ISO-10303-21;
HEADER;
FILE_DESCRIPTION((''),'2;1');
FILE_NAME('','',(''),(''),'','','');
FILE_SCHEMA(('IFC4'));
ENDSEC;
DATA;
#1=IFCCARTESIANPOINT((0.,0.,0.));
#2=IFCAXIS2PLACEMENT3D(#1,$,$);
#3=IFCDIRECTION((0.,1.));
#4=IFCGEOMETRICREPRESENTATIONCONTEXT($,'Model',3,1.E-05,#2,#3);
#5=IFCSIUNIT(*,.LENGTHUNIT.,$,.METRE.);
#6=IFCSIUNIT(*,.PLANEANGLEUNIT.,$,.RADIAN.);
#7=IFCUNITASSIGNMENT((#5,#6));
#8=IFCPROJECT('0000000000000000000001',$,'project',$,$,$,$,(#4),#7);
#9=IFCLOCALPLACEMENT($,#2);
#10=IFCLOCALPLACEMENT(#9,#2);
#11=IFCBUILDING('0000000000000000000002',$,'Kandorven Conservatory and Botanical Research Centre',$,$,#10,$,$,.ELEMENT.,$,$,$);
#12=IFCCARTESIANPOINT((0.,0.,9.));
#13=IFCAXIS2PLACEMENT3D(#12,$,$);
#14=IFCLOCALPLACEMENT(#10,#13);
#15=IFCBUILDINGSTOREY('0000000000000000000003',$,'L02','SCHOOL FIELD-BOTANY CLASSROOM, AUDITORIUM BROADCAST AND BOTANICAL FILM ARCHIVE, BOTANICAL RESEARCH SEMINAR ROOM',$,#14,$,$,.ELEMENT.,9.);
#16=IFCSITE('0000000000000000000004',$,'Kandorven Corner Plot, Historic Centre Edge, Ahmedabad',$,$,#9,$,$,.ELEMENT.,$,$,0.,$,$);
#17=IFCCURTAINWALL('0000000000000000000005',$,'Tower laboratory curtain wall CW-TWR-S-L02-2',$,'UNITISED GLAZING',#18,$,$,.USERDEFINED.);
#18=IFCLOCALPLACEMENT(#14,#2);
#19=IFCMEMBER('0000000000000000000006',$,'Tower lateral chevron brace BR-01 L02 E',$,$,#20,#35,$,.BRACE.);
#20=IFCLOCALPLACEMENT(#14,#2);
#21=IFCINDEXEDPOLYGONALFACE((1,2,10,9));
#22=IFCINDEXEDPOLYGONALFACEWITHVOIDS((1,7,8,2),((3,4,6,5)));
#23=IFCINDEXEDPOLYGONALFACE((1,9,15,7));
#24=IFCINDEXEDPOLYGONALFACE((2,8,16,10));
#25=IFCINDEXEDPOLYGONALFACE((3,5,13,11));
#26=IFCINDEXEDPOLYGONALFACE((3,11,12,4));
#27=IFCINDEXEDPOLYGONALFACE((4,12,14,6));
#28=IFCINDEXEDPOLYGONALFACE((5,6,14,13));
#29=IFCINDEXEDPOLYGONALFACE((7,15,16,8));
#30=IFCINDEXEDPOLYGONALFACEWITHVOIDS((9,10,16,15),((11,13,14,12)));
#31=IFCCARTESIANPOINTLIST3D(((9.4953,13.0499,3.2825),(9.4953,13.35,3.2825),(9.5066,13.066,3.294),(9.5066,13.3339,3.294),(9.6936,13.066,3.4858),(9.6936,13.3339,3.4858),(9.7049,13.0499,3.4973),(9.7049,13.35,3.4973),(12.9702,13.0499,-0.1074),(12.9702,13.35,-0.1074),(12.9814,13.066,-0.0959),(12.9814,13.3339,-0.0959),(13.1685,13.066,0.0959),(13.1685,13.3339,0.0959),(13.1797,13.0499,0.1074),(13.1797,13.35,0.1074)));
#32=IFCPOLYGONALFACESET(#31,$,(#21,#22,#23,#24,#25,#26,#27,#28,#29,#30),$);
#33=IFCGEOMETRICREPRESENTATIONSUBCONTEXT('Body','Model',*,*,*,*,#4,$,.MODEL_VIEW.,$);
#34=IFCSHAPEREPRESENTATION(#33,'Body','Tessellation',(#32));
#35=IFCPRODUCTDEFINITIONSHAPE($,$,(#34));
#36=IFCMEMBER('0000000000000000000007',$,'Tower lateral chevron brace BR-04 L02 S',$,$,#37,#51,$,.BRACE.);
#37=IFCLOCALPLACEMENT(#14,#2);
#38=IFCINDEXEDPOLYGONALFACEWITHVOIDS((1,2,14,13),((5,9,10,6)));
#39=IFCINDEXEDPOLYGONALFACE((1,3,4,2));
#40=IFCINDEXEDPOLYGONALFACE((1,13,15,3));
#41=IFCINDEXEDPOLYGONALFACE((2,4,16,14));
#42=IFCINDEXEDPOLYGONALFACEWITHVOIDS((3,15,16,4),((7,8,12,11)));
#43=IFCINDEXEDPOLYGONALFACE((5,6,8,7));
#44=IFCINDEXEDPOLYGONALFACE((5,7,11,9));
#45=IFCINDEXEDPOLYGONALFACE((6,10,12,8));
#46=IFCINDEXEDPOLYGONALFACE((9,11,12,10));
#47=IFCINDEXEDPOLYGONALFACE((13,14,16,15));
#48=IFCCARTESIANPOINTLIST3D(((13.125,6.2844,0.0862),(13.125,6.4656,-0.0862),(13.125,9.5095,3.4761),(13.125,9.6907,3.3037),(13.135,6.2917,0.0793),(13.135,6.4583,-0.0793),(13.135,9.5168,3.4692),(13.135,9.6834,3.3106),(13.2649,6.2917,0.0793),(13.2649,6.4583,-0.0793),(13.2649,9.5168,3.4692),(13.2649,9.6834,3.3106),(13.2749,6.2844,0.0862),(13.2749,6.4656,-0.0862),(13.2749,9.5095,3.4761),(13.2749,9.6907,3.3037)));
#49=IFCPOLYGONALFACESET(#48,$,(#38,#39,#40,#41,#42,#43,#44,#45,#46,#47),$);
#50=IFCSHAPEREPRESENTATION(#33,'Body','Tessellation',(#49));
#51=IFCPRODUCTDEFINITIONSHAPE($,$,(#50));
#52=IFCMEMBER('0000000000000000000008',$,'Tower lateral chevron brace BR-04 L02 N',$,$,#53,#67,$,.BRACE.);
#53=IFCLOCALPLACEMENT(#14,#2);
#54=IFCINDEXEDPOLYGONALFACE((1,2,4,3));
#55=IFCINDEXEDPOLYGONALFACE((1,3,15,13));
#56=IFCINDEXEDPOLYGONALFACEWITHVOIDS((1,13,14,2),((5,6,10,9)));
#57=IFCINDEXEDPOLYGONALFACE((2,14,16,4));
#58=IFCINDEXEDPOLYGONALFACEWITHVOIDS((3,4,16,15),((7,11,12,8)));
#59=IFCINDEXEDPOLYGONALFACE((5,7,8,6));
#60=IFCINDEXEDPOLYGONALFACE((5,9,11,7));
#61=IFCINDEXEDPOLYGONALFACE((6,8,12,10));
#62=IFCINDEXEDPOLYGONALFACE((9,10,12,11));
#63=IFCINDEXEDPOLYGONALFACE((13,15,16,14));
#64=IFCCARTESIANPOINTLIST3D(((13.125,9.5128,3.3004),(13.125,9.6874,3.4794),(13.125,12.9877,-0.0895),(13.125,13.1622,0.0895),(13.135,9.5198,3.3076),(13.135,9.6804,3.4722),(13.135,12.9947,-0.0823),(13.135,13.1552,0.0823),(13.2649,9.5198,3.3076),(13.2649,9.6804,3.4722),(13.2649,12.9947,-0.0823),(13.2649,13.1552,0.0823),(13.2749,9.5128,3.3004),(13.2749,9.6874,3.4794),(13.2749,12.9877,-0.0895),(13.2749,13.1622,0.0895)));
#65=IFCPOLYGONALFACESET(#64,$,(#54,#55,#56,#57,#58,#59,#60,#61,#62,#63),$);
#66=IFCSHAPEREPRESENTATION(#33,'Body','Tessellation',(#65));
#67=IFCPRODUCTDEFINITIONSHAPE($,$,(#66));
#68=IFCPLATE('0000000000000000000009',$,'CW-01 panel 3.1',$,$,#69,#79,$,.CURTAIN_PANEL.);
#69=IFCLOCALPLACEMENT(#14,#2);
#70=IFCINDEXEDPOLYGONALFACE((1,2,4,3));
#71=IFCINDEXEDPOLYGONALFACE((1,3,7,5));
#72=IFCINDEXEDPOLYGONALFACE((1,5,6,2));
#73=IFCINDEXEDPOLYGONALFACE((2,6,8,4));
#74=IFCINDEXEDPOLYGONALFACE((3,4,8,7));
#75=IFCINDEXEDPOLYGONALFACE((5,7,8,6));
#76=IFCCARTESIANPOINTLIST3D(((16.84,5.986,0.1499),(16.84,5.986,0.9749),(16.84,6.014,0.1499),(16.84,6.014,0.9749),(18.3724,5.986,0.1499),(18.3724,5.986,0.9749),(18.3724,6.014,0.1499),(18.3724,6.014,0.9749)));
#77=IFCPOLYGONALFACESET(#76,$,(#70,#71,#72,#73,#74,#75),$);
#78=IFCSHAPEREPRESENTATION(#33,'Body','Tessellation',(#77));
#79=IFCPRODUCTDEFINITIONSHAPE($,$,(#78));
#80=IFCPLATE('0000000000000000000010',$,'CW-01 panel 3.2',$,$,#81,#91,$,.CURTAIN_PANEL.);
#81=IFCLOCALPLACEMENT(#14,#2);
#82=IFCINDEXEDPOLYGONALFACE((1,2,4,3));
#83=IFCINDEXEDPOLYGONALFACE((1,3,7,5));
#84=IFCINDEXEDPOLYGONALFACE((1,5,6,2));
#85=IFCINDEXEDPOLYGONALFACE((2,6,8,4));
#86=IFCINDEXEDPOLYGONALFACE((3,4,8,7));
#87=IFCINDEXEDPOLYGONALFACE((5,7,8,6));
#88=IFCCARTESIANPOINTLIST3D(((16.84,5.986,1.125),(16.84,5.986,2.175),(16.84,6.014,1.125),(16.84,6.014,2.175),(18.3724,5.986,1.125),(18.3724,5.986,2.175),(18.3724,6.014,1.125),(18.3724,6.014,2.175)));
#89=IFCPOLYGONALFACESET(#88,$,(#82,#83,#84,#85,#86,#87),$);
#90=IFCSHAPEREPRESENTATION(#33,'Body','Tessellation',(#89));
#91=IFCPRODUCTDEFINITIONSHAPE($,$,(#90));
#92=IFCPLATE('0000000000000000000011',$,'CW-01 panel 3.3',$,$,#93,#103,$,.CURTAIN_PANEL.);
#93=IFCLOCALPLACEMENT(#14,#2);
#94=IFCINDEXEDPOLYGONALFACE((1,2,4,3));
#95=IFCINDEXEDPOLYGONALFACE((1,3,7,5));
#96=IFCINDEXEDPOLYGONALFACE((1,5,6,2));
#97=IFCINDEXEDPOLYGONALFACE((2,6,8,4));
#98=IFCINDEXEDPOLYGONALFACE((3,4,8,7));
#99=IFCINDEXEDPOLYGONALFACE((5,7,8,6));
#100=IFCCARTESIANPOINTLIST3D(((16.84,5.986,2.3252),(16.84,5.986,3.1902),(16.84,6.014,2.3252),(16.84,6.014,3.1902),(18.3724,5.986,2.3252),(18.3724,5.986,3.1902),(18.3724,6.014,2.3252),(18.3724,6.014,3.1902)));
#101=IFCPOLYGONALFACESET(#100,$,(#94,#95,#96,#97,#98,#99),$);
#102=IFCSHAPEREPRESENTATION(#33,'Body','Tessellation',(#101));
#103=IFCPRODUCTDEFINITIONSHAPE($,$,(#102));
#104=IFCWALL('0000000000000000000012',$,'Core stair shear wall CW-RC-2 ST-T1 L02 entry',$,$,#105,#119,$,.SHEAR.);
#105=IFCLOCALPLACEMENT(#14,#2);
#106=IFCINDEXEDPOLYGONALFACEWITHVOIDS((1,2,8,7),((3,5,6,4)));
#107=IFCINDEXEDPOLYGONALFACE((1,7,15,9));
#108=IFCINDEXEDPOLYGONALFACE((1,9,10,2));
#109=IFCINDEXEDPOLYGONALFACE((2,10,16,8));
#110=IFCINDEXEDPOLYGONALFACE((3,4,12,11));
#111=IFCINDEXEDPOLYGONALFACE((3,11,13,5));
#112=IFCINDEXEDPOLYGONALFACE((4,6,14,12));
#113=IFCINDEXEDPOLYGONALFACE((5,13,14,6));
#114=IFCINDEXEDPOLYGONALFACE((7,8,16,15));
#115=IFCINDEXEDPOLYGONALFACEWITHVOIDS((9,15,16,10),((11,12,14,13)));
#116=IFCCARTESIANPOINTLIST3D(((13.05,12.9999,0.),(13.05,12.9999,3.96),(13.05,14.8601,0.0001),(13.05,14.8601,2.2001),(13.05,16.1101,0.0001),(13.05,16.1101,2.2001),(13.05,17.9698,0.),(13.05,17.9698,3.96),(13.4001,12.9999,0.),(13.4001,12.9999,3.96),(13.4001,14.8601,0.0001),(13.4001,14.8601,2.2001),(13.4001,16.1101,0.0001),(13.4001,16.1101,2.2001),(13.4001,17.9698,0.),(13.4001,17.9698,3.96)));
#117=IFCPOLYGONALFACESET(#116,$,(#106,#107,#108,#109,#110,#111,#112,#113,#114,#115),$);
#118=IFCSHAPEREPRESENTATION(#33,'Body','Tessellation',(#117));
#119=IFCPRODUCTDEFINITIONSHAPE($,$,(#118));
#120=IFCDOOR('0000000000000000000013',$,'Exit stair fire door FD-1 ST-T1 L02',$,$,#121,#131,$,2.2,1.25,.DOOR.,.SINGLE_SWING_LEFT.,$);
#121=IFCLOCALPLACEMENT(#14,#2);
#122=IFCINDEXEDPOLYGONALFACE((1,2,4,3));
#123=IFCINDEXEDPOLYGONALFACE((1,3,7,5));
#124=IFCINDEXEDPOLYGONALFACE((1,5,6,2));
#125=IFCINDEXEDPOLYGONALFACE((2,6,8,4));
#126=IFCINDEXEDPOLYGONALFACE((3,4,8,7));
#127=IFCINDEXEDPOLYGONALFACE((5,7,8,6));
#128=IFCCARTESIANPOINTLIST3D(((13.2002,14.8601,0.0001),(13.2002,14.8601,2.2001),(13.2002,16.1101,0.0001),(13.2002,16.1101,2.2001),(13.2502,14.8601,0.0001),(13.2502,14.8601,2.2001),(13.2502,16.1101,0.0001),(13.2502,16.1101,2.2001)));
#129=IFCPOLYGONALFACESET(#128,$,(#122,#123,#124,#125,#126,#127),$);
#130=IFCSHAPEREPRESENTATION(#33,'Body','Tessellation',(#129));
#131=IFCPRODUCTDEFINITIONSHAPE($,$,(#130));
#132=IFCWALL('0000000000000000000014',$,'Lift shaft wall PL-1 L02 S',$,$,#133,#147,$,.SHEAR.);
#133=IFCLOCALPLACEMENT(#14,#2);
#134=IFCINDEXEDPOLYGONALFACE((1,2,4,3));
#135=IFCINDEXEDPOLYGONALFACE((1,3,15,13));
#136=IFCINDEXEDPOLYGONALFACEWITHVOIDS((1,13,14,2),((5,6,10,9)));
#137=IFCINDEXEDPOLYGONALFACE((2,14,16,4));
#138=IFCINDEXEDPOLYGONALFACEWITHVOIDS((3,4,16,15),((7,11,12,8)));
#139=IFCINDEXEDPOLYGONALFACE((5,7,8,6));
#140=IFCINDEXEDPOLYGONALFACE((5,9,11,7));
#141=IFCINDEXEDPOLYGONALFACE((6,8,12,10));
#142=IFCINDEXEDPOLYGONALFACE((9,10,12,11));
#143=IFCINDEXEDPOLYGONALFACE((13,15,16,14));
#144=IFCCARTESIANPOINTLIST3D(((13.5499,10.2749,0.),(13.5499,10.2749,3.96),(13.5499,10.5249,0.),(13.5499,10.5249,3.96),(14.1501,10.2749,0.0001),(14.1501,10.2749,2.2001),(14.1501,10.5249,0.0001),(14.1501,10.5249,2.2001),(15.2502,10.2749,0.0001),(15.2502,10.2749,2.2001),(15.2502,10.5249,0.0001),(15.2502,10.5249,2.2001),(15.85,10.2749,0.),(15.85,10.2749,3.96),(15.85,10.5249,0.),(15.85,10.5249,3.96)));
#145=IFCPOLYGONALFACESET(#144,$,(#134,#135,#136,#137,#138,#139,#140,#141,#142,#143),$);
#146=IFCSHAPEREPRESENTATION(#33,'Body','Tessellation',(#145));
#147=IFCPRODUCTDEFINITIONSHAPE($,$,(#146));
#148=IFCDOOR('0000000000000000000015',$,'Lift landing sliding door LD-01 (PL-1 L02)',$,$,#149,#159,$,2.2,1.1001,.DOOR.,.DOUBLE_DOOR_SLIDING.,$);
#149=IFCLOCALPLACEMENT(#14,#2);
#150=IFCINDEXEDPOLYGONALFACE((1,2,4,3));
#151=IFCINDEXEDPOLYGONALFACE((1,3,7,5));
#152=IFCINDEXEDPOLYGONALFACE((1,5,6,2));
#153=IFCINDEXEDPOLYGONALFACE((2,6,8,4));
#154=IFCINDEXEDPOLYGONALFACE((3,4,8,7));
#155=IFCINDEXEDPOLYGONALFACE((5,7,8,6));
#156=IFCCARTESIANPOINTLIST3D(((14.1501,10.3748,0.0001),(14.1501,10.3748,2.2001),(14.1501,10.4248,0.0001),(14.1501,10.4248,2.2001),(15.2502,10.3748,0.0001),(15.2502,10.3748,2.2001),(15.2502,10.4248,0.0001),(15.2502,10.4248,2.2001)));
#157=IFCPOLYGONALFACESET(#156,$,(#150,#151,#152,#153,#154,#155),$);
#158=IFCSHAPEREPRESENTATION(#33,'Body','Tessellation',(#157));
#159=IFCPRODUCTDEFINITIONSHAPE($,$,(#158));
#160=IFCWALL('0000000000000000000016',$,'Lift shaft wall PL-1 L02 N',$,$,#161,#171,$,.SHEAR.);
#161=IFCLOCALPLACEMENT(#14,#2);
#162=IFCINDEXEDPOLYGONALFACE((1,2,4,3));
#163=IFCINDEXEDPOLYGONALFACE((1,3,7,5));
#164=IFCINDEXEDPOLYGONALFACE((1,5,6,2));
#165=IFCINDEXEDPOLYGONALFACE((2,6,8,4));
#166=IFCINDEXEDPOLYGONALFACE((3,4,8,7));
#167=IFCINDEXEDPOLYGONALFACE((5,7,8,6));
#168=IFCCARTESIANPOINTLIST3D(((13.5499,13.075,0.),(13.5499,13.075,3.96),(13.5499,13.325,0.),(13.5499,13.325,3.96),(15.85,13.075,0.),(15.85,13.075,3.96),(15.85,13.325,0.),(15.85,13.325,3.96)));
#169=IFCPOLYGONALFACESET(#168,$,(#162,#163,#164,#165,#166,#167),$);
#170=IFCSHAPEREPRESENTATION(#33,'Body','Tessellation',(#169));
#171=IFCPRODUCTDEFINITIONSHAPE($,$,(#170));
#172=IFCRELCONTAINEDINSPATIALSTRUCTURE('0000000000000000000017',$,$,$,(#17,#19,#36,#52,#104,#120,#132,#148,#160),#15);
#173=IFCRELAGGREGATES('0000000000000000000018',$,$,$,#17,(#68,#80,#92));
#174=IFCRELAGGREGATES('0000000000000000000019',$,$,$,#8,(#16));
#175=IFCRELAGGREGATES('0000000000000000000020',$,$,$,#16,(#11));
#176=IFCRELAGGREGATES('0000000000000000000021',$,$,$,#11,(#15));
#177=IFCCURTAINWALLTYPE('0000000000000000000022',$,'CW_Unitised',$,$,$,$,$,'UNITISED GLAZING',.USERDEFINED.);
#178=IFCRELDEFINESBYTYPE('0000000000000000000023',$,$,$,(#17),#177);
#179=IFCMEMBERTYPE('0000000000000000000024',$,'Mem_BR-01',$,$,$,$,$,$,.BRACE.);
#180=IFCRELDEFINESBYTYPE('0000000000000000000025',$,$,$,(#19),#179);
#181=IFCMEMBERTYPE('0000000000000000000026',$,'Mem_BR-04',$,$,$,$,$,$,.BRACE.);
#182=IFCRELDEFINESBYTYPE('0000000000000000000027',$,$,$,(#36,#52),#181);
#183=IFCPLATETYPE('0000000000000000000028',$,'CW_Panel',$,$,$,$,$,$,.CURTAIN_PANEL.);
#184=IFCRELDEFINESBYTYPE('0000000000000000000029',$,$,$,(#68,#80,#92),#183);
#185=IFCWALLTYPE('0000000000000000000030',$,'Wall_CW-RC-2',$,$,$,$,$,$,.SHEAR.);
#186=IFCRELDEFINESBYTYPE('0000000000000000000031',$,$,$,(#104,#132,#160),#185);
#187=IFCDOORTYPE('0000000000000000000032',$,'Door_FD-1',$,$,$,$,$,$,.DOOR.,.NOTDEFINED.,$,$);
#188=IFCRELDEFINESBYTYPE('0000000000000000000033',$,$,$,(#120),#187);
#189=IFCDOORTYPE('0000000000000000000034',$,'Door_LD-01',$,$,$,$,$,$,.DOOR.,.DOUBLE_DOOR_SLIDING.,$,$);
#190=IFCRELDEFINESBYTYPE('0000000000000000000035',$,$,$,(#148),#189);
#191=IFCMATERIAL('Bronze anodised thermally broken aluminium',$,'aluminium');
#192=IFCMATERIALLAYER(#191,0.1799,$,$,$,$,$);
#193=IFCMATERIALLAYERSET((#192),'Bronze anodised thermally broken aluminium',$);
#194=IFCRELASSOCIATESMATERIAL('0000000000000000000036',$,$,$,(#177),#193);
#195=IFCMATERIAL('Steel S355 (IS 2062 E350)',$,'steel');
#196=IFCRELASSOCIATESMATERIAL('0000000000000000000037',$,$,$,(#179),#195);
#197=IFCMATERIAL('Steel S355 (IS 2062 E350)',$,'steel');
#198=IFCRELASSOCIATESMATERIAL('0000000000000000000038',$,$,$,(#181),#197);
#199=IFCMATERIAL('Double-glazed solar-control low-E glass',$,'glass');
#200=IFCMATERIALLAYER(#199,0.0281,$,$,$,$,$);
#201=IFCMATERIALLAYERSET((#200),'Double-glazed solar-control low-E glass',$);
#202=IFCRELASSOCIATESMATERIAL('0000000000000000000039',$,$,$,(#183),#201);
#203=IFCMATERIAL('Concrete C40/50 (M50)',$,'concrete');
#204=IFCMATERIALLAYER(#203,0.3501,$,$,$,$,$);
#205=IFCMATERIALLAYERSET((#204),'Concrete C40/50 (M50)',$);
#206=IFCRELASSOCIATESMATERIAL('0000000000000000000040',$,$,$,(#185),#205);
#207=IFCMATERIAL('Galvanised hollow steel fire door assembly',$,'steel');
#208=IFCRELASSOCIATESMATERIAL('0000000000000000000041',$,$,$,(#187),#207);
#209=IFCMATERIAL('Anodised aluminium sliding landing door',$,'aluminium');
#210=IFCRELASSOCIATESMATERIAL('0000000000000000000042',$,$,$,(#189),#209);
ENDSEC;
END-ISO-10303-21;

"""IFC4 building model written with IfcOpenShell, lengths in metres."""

from ifc_helpers import new_model, si_unit, direction, frame, frame_2d, origin, origin_2d, place, context, subcontext, project, spatial, rectangle, hollow_rectangle, extrude, material, layer, layer_set, material_profile, profile_set, type_object, element, fill, aggregate, save


model = new_model("IFC4")

# Units and contexts
model_context = context("Model", 3, precision=1e-05, world=origin(), true_north=direction((0.0, 1.0)))
body_context = subcontext(model_context, "Body", "Model", "MODEL_VIEW")
ifc_project = project(units=[si_unit("LENGTHUNIT", "METRE"), si_unit("PLANEANGLEUNIT", "RADIAN")], contexts=[model_context])

# Site, building, storey
site_placement = place(None, origin())
site = spatial("IfcSite", under=ifc_project, at=site_placement, Name="Kandorven Corner Plot, Historic Centre Edge, Ahmedabad", CompositionType="ELEMENT", RefElevation=0.0)
building_placement = place(site_placement, origin())
building = spatial("IfcBuilding", under=site, at=building_placement, Name="Kandorven Conservatory and Botanical Research Centre", CompositionType="ELEMENT")
storey_placement = place(building_placement, frame((0.0, 0.0, 9.0)))
storey = spatial("IfcBuildingStorey", under=building, at=storey_placement, Name="L02", Description="SCHOOL FIELD-BOTANY CLASSROOM, AUDITORIUM BROADCAST AND BOTANICAL FILM ARCHIVE, BOTANICAL RESEARCH SEMINAR ROOM", CompositionType="ELEMENT", Elevation=9.0)

# Curtain wall
ifc_material_1 = material(Name="Bronze anodised thermally broken aluminium", Category="aluminium")
ifc_layer_1 = layer(ifc_material_1, 0.1799)
ifc_layer_set_1 = layer_set([ifc_layer_1], Name="Bronze anodised thermally broken aluminium")
curtain_wall_type = type_object("IfcCurtainWallType", Name="CW_Unitised", ElementType="UNITISED GLAZING", PredefinedType="USERDEFINED", material=ifc_layer_set_1)
curtain_wall_placement = place(storey_placement, origin())
curtain_wall = element("IfcCurtainWall", 1, at=curtain_wall_placement, inside=storey, type_object=curtain_wall_type, Name="Tower laboratory curtain wall CW-TWR-S-L02-2", ObjectType="UNITISED GLAZING", PredefinedType="USERDEFINED")

# Members
ifc_material_2 = material(Name="Steel S355 (IS 2062 E350)", Category="steel")
ifc_material_profile_1 = material_profile(ifc_material_2, hollow_rectangle(XDim=0.3, YDim=0.3, WallThickness=0.0161, at=origin_2d()))
ifc_profile_set_1 = profile_set([ifc_material_profile_1], Name="Steel S355 (IS 2062 E350)")
member_type_1 = type_object("IfcMemberType", Name="Mem_BR-01", PredefinedType="BRACE", material=ifc_profile_set_1)
member_1_placement = place(storey_placement, frame((13.075, 13.2, 0.0), z_axis=(-0.715803, 0.0, 0.698302), x_axis=(0.0, -1.0, 0.0)))
element("IfcMember", 2, at=member_1_placement, inside=storey, type_object=member_type_1, Name="Tower lateral chevron brace BR-01 L02 E", PredefinedType="BRACE", context=body_context, shape_type="SweptSolid", body=[
    extrude(hollow_rectangle(XDim=0.3, YDim=0.3, WallThickness=0.0161, at=origin_2d()), origin(), (0.0, 0.0, 1.0), 4.8545),
])
ifc_material_3 = material(Name="Steel S355 (IS 2062 E350)", Category="steel")
ifc_material_profile_2 = material_profile(ifc_material_3, hollow_rectangle(XDim=0.1499, YDim=0.25, WallThickness=0.01, at=origin_2d()))
ifc_profile_set_2 = profile_set([ifc_material_profile_2], Name="Steel S355 (IS 2062 E350)")
member_type_2 = type_object("IfcMemberType", Name="Mem_BR-04", PredefinedType="BRACE", material=ifc_profile_set_2)
member_2_placement = place(storey_placement, frame((13.2, 6.375, 0.0), z_axis=(0.0, 0.689277, 0.724498), x_axis=(-1.0, 0.0, 0.0)))
element("IfcMember", 3, at=member_2_placement, inside=storey, type_object=member_type_2, Name="Tower lateral chevron brace BR-04 L02 S", PredefinedType="BRACE", context=body_context, shape_type="SweptSolid", body=[
    extrude(hollow_rectangle(XDim=0.1499, YDim=0.25, WallThickness=0.01, at=origin_2d()), origin(), (0.0, 0.0, 1.0), 4.679),
])
member_3_placement = place(storey_placement, frame((13.2, 13.075, 0.0), z_axis=(0.0, -0.715803, 0.698302), x_axis=(1.0, 0.0, 0.0)))
element("IfcMember", 4, at=member_3_placement, inside=storey, type_object=member_type_2, Name="Tower lateral chevron brace BR-04 L02 N", PredefinedType="BRACE", context=body_context, shape_type="SweptSolid", body=[
    extrude(hollow_rectangle(XDim=0.1499, YDim=0.25, WallThickness=0.01, at=origin_2d()), origin(), (0.0, 0.0, 1.0), 4.8545),
])

# Plates
ifc_material_4 = material(Name="Double-glazed solar-control low-E glass", Category="glass")
ifc_layer_2 = layer(ifc_material_4, 0.0281)
ifc_layer_set_2 = layer_set([ifc_layer_2], Name="Double-glazed solar-control low-E glass")
plate_type = type_object("IfcPlateType", Name="CW_Panel", PredefinedType="CURTAIN_PANEL", material=ifc_layer_set_2)
plate_1_placement = place(storey_placement, frame((17.6062, 6.0, 0.1499), z_axis=(0.0, 0.0, 1.0), x_axis=(1.0, 0.0, 0.0)))
plate_1 = element("IfcPlate", 5, at=plate_1_placement, type_object=plate_type, Name="CW-01 panel 3.1", PredefinedType="CURTAIN_PANEL", context=body_context, shape_type="SweptSolid", body=[
    extrude(rectangle(XDim=1.5325, YDim=0.0281, at=origin_2d()), origin(), (0.0, 0.0, 1.0), 0.825),
])
plate_2_placement = place(storey_placement, frame((17.6062, 6.0, 1.125), z_axis=(0.0, 0.0, 1.0), x_axis=(1.0, 0.0, 0.0)))
plate_2 = element("IfcPlate", 6, at=plate_2_placement, type_object=plate_type, Name="CW-01 panel 3.2", PredefinedType="CURTAIN_PANEL", context=body_context, shape_type="SweptSolid", body=[
    extrude(rectangle(XDim=1.5325, YDim=0.0281, at=origin_2d()), origin(), (0.0, 0.0, 1.0), 1.05),
])
plate_3_placement = place(storey_placement, frame((17.6062, 6.0, 2.3252), z_axis=(0.0, 0.0, 1.0), x_axis=(1.0, 0.0, 0.0)))
plate_3 = element("IfcPlate", 7, at=plate_3_placement, type_object=plate_type, Name="CW-01 panel 3.3", PredefinedType="CURTAIN_PANEL", context=body_context, shape_type="SweptSolid", body=[
    extrude(rectangle(XDim=1.5325, YDim=0.0281, at=origin_2d()), origin(), (0.0, 0.0, 1.0), 0.865),
])
aggregate(curtain_wall, [plate_1, plate_2, plate_3])

# Walls, openings, doors
ifc_material_5 = material(Name="Concrete C40/50 (M50)", Category="concrete")
ifc_layer_3 = layer(ifc_material_5, 0.3501)
ifc_layer_set_3 = layer_set([ifc_layer_3], Name="Concrete C40/50 (M50)")
wall_type = type_object("IfcWallType", Name="Wall_CW-RC-2", PredefinedType="SHEAR", material=ifc_layer_set_3)
wall_1_placement = place(storey_placement, frame((13.2251, 13.0, 0.0), z_axis=(0.0, 0.0, 1.0), x_axis=(0.0, 1.0, 0.0)))
wall_1 = element("IfcWall", 8, at=wall_1_placement, inside=storey, type_object=wall_type, Name="Core stair shear wall CW-RC-2 ST-T1 L02 entry", PredefinedType="SHEAR", context=body_context, shape_type="SweptSolid", body=[
    extrude(rectangle(XDim=4.97, YDim=0.3501, at=frame_2d((2.4849, 0.0))), origin(), (0.0, 0.0, 1.0), 3.96),
])
opening_1_placement = place(wall_1_placement, frame((1.8601, 0.0, 0.0)))
opening_1 = element("IfcOpeningElement", 9, at=opening_1_placement, cuts=wall_1, PredefinedType="OPENING", context=body_context, shape_type="SweptSolid", body=[
    extrude(rectangle(XDim=1.25, YDim=2.2, at=frame_2d((0.625, 1.1001))), frame((0.0, 0.1851, 0.0), z_axis=(0.0, -1.0, 0.0), x_axis=(1.0, 0.0, 0.0)), (0.0, 0.0, 1.0), 0.3701),
])
ifc_material_6 = material(Name="Galvanised hollow steel fire door assembly", Category="steel")
door_type_1 = type_object("IfcDoorType", Name="Door_FD-1", OperationType="NOTDEFINED", PredefinedType="DOOR", material=ifc_material_6)
door_1_placement = place(opening_1_placement, origin())
door_1 = element("IfcDoor", 10, at=door_1_placement, inside=storey, type_object=door_type_1, Name="Exit stair fire door FD-1 ST-T1 L02", OperationType="SINGLE_SWING_LEFT", OverallHeight=2.2, OverallWidth=1.25, PredefinedType="DOOR", context=body_context, shape_type="SweptSolid", body=[
    extrude(rectangle(XDim=1.25, YDim=2.2, at=frame_2d((0.625, 1.1001))), frame((0.0, 0.0249, 0.0), z_axis=(0.0, -1.0, 0.0), x_axis=(1.0, 0.0, 0.0)), (0.0, 0.0, 1.0), 0.05),
])
fill(opening_1, door_1)
wall_2_placement = place(storey_placement, frame((13.55, 10.3999, 0.0), z_axis=(0.0, 0.0, 1.0), x_axis=(1.0, 0.0, 0.0)))
wall_2 = element("IfcWall", 11, at=wall_2_placement, inside=storey, type_object=wall_type, Name="Lift shaft wall PL-1 L02 S", PredefinedType="SHEAR", context=body_context, shape_type="SweptSolid", body=[
    extrude(rectangle(XDim=2.3, YDim=0.25, at=frame_2d((1.1499, 0.0))), origin(), (0.0, 0.0, 1.0), 3.96),
])
opening_2_placement = place(wall_2_placement, frame((0.6001, 0.0, 0.0)))
opening_2 = element("IfcOpeningElement", 12, at=opening_2_placement, cuts=wall_2, PredefinedType="OPENING", context=body_context, shape_type="SweptSolid", body=[
    extrude(rectangle(XDim=1.1001, YDim=2.2, at=frame_2d((0.55, 1.1001))), frame((0.0, 0.135, 0.0), z_axis=(0.0, -1.0, 0.0), x_axis=(1.0, 0.0, 0.0)), (0.0, 0.0, 1.0), 0.27),
])
ifc_material_7 = material(Name="Anodised aluminium sliding landing door", Category="aluminium")
door_type_2 = type_object("IfcDoorType", Name="Door_LD-01", OperationType="DOUBLE_DOOR_SLIDING", PredefinedType="DOOR", material=ifc_material_7)
door_2_placement = place(opening_2_placement, origin())
door_2 = element("IfcDoor", 13, at=door_2_placement, inside=storey, type_object=door_type_2, Name="Lift landing sliding door LD-01 (PL-1 L02)", OperationType="DOUBLE_DOOR_SLIDING", OverallHeight=2.2, OverallWidth=1.1001, PredefinedType="DOOR", context=body_context, shape_type="SweptSolid", body=[
    extrude(rectangle(XDim=1.1001, YDim=2.2, at=frame_2d((0.55, 1.1001))), frame((0.0, 0.0249, 0.0), z_axis=(0.0, -1.0, 0.0), x_axis=(1.0, 0.0, 0.0)), (0.0, 0.0, 1.0), 0.05),
])
fill(opening_2, door_2)

# Wall
wall_3_placement = place(storey_placement, frame((13.55, 13.2, 0.0), z_axis=(0.0, 0.0, 1.0), x_axis=(1.0, 0.0, 0.0)))
element("IfcWall", 14, at=wall_3_placement, inside=storey, type_object=wall_type, Name="Lift shaft wall PL-1 L02 N", PredefinedType="SHEAR", context=body_context, shape_type="SweptSolid", body=[
    extrude(rectangle(XDim=2.3, YDim=0.25, at=frame_2d((1.1499, 0.0))), origin(), (0.0, 0.0, 1.0), 3.96),
])

save(model, "model.ifc")
